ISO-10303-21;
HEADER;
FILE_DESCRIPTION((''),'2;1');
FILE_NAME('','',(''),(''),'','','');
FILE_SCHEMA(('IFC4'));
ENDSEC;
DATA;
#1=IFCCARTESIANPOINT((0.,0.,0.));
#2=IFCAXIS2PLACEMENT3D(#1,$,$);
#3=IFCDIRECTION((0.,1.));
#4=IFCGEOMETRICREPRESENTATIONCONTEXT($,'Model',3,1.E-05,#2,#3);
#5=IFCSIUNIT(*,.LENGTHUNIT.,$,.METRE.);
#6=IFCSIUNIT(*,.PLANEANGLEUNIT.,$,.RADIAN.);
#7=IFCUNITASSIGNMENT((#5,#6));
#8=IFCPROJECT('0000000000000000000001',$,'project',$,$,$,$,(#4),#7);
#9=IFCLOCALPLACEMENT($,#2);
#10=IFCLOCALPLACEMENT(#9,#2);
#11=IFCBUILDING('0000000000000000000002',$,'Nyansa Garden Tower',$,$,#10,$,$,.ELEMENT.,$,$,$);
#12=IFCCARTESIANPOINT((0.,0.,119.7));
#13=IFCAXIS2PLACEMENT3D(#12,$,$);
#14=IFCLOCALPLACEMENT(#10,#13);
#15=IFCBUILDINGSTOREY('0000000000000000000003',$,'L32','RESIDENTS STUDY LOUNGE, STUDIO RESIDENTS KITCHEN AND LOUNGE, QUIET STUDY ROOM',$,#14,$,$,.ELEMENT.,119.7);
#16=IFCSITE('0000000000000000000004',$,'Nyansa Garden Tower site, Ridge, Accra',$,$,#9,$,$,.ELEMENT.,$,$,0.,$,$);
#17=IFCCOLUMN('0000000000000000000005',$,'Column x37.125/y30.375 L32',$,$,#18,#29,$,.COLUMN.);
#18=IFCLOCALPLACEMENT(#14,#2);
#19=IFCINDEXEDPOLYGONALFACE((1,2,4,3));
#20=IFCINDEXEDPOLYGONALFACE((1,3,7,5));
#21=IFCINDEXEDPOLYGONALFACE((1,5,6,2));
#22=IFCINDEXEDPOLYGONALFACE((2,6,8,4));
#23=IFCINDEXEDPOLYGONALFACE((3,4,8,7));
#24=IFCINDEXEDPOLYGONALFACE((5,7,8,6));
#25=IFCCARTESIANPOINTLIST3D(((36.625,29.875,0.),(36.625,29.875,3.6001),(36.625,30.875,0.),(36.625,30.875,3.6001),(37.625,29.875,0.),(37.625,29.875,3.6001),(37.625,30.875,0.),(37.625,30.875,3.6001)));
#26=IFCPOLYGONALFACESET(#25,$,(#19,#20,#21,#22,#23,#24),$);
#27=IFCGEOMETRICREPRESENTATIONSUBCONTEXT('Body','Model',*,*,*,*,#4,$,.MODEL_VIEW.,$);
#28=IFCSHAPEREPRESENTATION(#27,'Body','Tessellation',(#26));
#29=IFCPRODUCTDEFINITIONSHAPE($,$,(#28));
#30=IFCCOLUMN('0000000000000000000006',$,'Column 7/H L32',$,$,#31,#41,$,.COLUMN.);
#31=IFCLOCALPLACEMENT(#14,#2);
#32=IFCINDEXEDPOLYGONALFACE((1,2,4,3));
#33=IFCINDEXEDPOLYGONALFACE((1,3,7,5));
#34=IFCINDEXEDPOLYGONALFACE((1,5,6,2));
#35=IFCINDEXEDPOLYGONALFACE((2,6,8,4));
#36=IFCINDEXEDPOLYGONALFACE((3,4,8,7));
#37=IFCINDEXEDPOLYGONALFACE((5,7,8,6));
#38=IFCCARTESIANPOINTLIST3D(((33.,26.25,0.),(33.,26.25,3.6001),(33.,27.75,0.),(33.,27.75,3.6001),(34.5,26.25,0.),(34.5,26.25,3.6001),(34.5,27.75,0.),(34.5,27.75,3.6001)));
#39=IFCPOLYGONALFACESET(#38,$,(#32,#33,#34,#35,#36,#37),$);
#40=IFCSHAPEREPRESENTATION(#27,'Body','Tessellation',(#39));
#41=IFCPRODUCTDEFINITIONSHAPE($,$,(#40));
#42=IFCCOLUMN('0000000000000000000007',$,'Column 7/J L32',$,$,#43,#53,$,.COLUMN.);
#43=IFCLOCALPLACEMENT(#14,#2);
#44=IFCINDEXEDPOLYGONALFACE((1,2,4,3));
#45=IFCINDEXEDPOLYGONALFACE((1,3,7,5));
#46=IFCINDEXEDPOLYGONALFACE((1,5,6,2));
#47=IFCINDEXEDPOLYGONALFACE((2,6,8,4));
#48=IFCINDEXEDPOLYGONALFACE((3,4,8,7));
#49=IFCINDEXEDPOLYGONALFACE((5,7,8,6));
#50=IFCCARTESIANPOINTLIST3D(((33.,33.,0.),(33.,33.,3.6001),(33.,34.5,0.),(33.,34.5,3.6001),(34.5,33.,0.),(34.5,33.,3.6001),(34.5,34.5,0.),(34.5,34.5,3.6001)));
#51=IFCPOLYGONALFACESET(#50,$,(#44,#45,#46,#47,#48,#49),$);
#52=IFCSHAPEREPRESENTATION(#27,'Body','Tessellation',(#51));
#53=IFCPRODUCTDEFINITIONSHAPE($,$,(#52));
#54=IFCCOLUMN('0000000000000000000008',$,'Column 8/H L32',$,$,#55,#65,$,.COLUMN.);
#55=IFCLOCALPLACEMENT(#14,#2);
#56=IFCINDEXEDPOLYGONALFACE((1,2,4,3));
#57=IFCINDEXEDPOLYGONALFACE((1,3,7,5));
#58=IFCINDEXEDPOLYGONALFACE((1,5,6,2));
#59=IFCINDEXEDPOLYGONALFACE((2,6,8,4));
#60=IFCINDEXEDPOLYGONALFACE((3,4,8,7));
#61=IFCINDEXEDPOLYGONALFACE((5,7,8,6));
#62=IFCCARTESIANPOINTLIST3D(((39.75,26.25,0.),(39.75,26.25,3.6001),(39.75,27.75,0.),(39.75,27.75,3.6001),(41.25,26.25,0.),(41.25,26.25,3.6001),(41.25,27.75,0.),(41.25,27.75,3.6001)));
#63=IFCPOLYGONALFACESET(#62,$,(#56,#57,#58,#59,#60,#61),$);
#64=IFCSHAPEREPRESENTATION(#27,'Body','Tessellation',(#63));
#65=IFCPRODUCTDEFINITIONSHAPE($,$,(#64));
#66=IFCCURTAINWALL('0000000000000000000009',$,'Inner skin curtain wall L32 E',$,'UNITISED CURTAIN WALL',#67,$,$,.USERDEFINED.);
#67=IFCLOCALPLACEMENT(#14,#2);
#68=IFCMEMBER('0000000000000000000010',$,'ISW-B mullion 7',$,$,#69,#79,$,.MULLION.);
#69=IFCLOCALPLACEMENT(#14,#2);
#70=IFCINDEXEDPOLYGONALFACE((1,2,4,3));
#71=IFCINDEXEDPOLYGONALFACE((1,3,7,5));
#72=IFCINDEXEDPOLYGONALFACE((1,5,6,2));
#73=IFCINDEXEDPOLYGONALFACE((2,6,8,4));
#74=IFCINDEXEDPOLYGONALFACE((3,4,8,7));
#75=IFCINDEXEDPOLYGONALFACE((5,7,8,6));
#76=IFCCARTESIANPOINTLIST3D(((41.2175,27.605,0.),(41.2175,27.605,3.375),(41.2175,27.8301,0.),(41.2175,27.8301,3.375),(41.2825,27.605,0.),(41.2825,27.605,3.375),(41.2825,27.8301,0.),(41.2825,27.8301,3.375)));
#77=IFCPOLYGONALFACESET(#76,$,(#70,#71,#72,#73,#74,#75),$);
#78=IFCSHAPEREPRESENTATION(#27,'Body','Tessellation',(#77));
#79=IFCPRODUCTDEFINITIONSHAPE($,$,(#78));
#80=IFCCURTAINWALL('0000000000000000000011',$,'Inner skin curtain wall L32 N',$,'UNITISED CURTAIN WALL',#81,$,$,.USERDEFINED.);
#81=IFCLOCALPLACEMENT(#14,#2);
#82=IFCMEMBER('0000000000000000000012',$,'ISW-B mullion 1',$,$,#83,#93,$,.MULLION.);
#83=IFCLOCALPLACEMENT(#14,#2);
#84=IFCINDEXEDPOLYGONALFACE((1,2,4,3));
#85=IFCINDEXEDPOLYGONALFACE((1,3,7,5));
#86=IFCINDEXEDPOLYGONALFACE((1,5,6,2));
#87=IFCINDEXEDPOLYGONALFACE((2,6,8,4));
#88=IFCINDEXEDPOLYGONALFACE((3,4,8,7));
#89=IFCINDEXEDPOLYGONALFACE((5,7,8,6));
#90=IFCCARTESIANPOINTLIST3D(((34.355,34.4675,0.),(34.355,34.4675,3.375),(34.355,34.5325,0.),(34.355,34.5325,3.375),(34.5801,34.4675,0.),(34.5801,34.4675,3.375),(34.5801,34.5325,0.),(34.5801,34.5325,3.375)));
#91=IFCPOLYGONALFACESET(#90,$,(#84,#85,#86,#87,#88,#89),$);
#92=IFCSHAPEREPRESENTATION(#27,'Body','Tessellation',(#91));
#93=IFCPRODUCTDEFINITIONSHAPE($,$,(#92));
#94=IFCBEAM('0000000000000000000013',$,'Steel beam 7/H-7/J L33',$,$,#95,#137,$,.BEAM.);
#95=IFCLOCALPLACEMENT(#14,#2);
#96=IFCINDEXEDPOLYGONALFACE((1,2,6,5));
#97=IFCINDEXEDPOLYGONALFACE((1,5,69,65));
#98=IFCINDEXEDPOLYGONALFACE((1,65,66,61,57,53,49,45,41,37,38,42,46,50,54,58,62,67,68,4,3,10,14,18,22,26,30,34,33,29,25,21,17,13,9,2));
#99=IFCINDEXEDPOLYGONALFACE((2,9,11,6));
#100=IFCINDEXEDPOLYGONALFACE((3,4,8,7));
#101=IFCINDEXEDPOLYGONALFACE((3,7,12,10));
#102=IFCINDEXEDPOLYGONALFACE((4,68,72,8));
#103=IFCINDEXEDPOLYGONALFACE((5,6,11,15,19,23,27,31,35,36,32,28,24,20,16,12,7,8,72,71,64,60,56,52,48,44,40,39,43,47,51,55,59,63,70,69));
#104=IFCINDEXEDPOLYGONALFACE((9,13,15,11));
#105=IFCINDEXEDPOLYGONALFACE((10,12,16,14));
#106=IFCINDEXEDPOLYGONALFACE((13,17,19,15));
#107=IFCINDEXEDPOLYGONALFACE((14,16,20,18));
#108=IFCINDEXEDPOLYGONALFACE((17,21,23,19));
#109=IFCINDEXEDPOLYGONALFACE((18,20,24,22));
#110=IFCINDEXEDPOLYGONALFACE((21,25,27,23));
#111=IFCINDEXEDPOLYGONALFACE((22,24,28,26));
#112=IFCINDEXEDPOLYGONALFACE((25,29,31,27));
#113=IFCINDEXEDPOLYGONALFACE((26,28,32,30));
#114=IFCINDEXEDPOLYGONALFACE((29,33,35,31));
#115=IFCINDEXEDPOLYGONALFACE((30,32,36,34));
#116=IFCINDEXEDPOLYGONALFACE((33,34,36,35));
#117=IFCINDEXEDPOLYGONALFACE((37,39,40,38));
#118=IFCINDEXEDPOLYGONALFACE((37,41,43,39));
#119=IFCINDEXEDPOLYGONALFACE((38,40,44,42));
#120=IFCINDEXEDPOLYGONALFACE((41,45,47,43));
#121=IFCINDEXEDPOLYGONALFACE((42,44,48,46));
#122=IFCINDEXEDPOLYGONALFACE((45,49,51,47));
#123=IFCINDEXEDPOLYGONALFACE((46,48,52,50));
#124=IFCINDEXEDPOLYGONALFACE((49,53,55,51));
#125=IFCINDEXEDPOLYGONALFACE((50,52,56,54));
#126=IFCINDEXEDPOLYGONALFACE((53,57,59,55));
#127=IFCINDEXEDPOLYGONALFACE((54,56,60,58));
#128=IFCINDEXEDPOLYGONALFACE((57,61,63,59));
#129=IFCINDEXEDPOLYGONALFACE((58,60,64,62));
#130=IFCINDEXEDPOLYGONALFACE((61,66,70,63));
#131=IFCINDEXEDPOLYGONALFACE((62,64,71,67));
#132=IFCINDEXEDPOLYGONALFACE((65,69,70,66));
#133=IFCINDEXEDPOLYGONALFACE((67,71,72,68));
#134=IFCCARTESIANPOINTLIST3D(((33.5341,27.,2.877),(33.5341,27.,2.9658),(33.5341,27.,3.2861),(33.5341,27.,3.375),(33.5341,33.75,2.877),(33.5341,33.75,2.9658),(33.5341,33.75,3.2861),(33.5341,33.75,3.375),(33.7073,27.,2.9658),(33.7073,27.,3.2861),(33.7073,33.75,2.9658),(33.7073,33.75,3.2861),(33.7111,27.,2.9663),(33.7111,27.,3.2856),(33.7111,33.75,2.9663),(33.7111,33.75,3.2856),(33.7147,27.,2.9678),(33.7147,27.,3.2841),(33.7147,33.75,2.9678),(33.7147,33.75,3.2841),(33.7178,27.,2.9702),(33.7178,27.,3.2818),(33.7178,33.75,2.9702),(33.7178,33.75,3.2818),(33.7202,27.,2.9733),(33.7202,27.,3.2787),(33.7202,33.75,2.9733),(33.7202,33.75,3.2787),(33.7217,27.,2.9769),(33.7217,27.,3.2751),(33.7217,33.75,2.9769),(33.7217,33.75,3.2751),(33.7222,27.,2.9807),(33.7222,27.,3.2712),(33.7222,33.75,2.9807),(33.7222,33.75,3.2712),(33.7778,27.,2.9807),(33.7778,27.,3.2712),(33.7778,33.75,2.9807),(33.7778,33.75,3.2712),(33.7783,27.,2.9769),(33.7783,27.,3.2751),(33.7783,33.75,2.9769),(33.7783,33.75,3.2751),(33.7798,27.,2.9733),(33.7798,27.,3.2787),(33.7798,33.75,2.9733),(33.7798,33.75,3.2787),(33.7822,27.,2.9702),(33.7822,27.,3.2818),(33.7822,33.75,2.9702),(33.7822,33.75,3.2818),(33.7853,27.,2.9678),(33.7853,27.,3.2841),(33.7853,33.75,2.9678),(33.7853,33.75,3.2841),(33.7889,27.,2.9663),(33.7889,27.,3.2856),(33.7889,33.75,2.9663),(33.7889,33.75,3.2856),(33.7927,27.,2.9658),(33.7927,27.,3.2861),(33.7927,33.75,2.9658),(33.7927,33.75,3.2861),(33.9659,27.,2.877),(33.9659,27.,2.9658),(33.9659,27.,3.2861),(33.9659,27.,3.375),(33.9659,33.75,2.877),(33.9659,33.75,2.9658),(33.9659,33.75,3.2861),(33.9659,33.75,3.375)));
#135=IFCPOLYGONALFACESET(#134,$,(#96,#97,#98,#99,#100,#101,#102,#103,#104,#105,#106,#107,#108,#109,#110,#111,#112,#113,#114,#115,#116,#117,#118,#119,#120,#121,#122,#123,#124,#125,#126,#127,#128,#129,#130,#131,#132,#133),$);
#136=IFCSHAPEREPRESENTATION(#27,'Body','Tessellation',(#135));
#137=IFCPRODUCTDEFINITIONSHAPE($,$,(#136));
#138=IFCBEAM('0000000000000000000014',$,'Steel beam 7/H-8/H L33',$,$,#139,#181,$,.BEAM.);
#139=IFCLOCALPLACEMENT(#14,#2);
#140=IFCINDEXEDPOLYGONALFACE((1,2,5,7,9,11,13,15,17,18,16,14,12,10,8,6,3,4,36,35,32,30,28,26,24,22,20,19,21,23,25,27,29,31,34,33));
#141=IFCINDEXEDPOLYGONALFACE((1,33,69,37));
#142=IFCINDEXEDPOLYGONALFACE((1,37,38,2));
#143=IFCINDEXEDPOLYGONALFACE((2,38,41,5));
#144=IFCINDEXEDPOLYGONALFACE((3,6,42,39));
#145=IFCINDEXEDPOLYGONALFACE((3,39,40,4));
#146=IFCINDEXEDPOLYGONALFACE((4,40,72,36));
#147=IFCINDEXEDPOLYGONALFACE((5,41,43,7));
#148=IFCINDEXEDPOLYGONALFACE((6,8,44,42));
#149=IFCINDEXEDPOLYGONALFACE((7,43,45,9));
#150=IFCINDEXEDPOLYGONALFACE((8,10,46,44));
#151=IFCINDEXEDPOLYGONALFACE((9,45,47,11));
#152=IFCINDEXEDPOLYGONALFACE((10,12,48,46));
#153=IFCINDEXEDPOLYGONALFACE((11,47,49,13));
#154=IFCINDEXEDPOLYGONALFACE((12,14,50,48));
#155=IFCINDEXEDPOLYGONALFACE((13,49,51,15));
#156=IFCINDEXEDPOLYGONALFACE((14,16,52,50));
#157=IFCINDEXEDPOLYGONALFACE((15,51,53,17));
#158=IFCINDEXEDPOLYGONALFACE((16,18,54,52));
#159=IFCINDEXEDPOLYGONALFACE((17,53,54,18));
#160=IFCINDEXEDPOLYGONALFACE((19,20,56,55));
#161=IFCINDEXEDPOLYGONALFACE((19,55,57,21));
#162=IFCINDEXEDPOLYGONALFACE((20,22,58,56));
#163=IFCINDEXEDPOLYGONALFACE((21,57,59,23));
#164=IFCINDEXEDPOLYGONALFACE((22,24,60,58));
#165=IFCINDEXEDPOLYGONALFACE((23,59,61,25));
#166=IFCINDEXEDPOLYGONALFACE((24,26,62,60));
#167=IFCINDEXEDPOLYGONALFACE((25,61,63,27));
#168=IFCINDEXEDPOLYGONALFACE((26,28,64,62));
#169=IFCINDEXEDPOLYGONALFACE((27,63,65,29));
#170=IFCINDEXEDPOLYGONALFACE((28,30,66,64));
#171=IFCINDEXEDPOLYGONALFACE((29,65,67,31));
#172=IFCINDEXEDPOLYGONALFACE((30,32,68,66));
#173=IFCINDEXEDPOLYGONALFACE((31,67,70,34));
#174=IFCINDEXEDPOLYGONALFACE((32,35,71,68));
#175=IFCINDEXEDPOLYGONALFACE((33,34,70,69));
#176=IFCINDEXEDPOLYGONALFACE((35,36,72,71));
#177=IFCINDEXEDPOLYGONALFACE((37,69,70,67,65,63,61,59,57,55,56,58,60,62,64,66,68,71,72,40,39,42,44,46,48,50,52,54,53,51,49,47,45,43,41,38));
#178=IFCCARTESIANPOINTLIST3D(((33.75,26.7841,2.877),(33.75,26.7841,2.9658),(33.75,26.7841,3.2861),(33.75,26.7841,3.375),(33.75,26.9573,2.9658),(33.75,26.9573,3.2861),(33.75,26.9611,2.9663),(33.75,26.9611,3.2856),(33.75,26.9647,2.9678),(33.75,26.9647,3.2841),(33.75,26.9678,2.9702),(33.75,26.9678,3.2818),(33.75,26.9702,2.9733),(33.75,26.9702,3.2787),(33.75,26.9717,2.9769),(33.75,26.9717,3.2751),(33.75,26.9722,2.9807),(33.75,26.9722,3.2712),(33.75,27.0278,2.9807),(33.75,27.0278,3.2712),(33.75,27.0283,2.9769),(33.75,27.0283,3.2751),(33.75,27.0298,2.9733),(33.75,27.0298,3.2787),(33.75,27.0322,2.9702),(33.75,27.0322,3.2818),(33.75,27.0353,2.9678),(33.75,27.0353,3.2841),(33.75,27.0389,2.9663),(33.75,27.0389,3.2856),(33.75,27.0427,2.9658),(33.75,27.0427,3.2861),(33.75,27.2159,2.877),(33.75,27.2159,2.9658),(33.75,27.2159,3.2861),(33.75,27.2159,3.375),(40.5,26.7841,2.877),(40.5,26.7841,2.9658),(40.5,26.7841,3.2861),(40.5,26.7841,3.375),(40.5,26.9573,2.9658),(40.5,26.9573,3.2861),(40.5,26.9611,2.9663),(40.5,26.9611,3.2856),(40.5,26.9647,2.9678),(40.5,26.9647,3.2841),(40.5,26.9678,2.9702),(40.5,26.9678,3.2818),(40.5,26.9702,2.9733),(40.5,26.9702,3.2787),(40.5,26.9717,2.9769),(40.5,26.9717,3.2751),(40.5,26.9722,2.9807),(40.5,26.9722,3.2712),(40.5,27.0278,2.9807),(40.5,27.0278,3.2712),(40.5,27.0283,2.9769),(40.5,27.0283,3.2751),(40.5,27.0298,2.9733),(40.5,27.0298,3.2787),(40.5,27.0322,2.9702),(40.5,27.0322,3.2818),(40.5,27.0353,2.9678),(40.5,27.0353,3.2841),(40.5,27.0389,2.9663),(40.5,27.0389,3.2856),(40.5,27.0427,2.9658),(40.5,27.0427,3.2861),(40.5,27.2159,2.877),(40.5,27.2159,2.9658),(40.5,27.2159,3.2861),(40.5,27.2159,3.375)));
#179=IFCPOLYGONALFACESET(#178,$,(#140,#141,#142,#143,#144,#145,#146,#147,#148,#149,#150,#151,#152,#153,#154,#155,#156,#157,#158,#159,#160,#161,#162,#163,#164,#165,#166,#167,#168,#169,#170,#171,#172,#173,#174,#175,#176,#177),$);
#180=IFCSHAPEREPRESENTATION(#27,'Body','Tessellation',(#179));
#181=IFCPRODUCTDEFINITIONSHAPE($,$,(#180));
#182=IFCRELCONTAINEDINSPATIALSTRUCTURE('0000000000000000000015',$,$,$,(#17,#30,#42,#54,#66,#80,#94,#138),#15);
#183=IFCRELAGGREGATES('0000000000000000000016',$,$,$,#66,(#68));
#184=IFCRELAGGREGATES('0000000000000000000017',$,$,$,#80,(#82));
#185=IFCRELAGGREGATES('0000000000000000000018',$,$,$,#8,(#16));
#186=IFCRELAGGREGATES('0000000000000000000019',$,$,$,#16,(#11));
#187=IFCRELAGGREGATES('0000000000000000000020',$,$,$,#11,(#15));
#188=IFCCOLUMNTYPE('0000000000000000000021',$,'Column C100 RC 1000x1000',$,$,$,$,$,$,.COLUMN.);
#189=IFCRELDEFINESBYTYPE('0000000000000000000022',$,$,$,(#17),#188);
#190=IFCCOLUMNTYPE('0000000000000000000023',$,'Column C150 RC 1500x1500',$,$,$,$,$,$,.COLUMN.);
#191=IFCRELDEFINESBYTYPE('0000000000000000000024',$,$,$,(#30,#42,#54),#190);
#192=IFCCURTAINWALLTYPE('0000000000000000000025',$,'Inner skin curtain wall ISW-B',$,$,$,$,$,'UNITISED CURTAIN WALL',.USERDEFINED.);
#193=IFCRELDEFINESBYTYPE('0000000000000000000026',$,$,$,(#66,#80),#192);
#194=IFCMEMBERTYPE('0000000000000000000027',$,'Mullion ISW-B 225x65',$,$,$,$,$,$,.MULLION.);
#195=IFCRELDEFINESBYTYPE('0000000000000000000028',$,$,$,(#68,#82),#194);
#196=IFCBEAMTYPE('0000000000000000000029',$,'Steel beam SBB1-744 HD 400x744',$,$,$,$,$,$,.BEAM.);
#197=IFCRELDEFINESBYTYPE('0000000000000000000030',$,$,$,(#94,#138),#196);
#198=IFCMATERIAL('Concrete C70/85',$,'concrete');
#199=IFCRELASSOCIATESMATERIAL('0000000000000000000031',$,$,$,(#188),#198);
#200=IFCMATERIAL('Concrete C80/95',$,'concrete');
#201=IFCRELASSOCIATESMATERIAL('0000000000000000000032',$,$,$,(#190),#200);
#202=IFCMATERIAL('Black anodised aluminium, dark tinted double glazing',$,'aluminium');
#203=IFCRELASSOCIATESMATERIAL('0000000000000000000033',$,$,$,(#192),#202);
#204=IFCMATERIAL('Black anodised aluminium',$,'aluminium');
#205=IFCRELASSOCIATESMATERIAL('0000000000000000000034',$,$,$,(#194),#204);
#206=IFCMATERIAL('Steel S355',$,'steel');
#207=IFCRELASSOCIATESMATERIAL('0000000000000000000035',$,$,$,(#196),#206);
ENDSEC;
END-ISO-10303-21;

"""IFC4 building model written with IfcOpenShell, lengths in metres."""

from ifc_helpers import new_model, si_unit, direction, frame, origin, origin_2d, place, context, subcontext, project, spatial, rectangle, i_section, extrude, material, material_profile, profile_set, type_object, element, aggregate, save


model = new_model("IFC4")

# Units and contexts
model_context = context("Model", 3, precision=1e-05, world=origin(), true_north=direction((0.0, 1.0)))
body_context = subcontext(model_context, "Body", "Model", "MODEL_VIEW")
ifc_project = project(units=[si_unit("LENGTHUNIT", "METRE"), si_unit("PLANEANGLEUNIT", "RADIAN")], contexts=[model_context])

# Site, building, storey
site_placement = place(None, origin())
site = spatial("IfcSite", under=ifc_project, at=site_placement, Name="Nyansa Garden Tower site, Ridge, Accra", CompositionType="ELEMENT", RefElevation=0.0)
building_placement = place(site_placement, origin())
building = spatial("IfcBuilding", under=site, at=building_placement, Name="Nyansa Garden Tower", CompositionType="ELEMENT")
storey_placement = place(building_placement, frame((0.0, 0.0, 119.7)))
storey = spatial("IfcBuildingStorey", under=building, at=storey_placement, Name="L32", Description="RESIDENTS STUDY LOUNGE, STUDIO RESIDENTS KITCHEN AND LOUNGE, QUIET STUDY ROOM", CompositionType="ELEMENT", Elevation=119.7)

# Columns
ifc_material_1 = material(Name="Concrete C70/85", Category="concrete")
ifc_material_profile_1 = material_profile(ifc_material_1, rectangle(XDim=1.0, YDim=1.0, at=origin_2d()), Name="RC 1000x1000")
ifc_profile_set_1 = profile_set([ifc_material_profile_1], Name="Concrete C70/85")
column_type_1 = type_object("IfcColumnType", Name="Column C100 RC 1000x1000", PredefinedType="COLUMN", material=ifc_profile_set_1)
column_placement = place(storey_placement, frame((37.125, 30.375, 0.0), z_axis=(0.0, 0.0, 1.0), x_axis=(1.0, 0.0, 0.0)))
element("IfcColumn", 1, at=column_placement, inside=storey, type_object=column_type_1, Name="Column x37.125/y30.375 L32", PredefinedType="COLUMN", context=body_context, shape_type="SweptSolid", body=[
    extrude(rectangle(XDim=1.0, YDim=1.0, at=origin_2d()), origin(), (0.0, 0.0, 1.0), 3.6001),
])
ifc_material_2 = material(Name="Concrete C80/95", Category="concrete")
ifc_material_profile_2 = material_profile(ifc_material_2, rectangle(XDim=1.5, YDim=1.5, at=origin_2d()), Name="RC 1500x1500")
ifc_profile_set_2 = profile_set([ifc_material_profile_2], Name="Concrete C80/95")
column_type_2 = type_object("IfcColumnType", Name="Column C150 RC 1500x1500", PredefinedType="COLUMN", material=ifc_profile_set_2)
for number, where, z_axis, x_axis, name in (
    (2, (33.75, 27.0, 0.0), (0.0, 0.0, 1.0), (1.0, 0.0, 0.0), "Column 7/H L32"),
    (3, (33.75, 33.75, 0.0), (0.0, 0.0, 1.0), (1.0, 0.0, 0.0), "Column 7/J L32"),
    (4, (40.5, 27.0, 0.0), (0.0, 0.0, 1.0), (1.0, 0.0, 0.0), "Column 8/H L32"),
):
    element("IfcColumn", number, at=place(storey_placement, frame(where, z_axis=z_axis, x_axis=x_axis)), inside=storey, type_object=column_type_2, Name=name, PredefinedType="COLUMN", context=body_context, shape_type="SweptSolid", body=[
        extrude(rectangle(XDim=1.5, YDim=1.5, at=origin_2d()), origin(), (0.0, 0.0, 1.0), 3.6001),
    ])

# Curtain walls, members
ifc_material_3 = material(Name="Black anodised aluminium, dark tinted double glazing", Category="aluminium")
curtain_wall_type = type_object("IfcCurtainWallType", Name="Inner skin curtain wall ISW-B", ElementType="UNITISED CURTAIN WALL", PredefinedType="USERDEFINED", material=ifc_material_3)
curtain_wall_1_placement = place(storey_placement, origin())
curtain_wall_1 = element("IfcCurtainWall", 5, at=curtain_wall_1_placement, inside=storey, type_object=curtain_wall_type, Name="Inner skin curtain wall L32 E", ObjectType="UNITISED CURTAIN WALL", PredefinedType="USERDEFINED")
ifc_material_4 = material(Name="Black anodised aluminium", Category="aluminium")
ifc_material_profile_3 = material_profile(ifc_material_4, rectangle(XDim=0.0649, YDim=0.2251, at=origin_2d()), Name="Mullion 225x65")
ifc_profile_set_3 = profile_set([ifc_material_profile_3], Name="Black anodised aluminium")
member_type_1 = type_object("IfcMemberType", Name="Mullion ISW-B 225x65", PredefinedType="MULLION", material=ifc_profile_set_3)
member_1_placement = place(storey_placement, frame((41.25, 27.7175, 0.0), z_axis=(0.0, 0.0, 1.0), x_axis=(-1.0, 0.0, 0.0)))
member_1 = element("IfcMember", 6, at=member_1_placement, type_object=member_type_1, Name="ISW-B mullion 7", PredefinedType="MULLION", context=body_context, shape_type="SweptSolid", body=[
    extrude(rectangle(XDim=0.0649, YDim=0.2251, at=origin_2d()), origin(), (0.0, 0.0, 1.0), 3.375),
])
curtain_wall_2_placement = place(storey_placement, origin())
curtain_wall_2 = element("IfcCurtainWall", 7, at=curtain_wall_2_placement, inside=storey, type_object=curtain_wall_type, Name="Inner skin curtain wall L32 N", ObjectType="UNITISED CURTAIN WALL", PredefinedType="USERDEFINED")
member_2_placement = place(storey_placement, frame((34.4675, 34.5, 0.0), z_axis=(0.0, 0.0, 1.0), x_axis=(0.0, -1.0, 0.0)))
member_2 = element("IfcMember", 8, at=member_2_placement, type_object=member_type_1, Name="ISW-B mullion 1", PredefinedType="MULLION", context=body_context, shape_type="SweptSolid", body=[
    extrude(rectangle(XDim=0.0649, YDim=0.2251, at=origin_2d()), origin(), (0.0, 0.0, 1.0), 3.375),
])

# Beams
ifc_material_5 = material(Name="Steel S355", Category="steel")
ifc_material_profile_4 = material_profile(ifc_material_5, i_section(OverallWidth=0.4319, OverallDepth=0.498, WebThickness=0.0557, FlangeThickness=0.0889, FilletRadius=0.0149, at=origin_2d()), Name="HD 400x744")
ifc_profile_set_4 = profile_set([ifc_material_profile_4], Name="Steel S355")
beam_type_1 = type_object("IfcBeamType", Name="Steel beam SBB1-744 HD 400x744", PredefinedType="BEAM", material=ifc_profile_set_4)
for number, where, z_axis, x_axis, name in (
    (9, (33.75, 27.0, 3.126), (0.0, 1.0, 0.0), (-1.0, 0.0, 0.0), "Steel beam 7/H-7/J L33"),
    (10, (33.75, 27.0, 3.126), (1.0, 0.0, 0.0), (0.0, 1.0, 0.0), "Steel beam 7/H-8/H L33"),
):
    element("IfcBeam", number, at=place(storey_placement, frame(where, z_axis=z_axis, x_axis=x_axis)), inside=storey, type_object=beam_type_1, Name=name, PredefinedType="BEAM", context=body_context, shape_type="SweptSolid", body=[
        extrude(i_section(OverallWidth=0.4319, OverallDepth=0.498, WebThickness=0.0557, FlangeThickness=0.0889, FilletRadius=0.0149, at=origin_2d()), origin(), (0.0, 0.0, 1.0), 6.75),
    ])

aggregate(curtain_wall_1, [member_1])
aggregate(curtain_wall_2, [member_2])

save(model, "model.ifc")
